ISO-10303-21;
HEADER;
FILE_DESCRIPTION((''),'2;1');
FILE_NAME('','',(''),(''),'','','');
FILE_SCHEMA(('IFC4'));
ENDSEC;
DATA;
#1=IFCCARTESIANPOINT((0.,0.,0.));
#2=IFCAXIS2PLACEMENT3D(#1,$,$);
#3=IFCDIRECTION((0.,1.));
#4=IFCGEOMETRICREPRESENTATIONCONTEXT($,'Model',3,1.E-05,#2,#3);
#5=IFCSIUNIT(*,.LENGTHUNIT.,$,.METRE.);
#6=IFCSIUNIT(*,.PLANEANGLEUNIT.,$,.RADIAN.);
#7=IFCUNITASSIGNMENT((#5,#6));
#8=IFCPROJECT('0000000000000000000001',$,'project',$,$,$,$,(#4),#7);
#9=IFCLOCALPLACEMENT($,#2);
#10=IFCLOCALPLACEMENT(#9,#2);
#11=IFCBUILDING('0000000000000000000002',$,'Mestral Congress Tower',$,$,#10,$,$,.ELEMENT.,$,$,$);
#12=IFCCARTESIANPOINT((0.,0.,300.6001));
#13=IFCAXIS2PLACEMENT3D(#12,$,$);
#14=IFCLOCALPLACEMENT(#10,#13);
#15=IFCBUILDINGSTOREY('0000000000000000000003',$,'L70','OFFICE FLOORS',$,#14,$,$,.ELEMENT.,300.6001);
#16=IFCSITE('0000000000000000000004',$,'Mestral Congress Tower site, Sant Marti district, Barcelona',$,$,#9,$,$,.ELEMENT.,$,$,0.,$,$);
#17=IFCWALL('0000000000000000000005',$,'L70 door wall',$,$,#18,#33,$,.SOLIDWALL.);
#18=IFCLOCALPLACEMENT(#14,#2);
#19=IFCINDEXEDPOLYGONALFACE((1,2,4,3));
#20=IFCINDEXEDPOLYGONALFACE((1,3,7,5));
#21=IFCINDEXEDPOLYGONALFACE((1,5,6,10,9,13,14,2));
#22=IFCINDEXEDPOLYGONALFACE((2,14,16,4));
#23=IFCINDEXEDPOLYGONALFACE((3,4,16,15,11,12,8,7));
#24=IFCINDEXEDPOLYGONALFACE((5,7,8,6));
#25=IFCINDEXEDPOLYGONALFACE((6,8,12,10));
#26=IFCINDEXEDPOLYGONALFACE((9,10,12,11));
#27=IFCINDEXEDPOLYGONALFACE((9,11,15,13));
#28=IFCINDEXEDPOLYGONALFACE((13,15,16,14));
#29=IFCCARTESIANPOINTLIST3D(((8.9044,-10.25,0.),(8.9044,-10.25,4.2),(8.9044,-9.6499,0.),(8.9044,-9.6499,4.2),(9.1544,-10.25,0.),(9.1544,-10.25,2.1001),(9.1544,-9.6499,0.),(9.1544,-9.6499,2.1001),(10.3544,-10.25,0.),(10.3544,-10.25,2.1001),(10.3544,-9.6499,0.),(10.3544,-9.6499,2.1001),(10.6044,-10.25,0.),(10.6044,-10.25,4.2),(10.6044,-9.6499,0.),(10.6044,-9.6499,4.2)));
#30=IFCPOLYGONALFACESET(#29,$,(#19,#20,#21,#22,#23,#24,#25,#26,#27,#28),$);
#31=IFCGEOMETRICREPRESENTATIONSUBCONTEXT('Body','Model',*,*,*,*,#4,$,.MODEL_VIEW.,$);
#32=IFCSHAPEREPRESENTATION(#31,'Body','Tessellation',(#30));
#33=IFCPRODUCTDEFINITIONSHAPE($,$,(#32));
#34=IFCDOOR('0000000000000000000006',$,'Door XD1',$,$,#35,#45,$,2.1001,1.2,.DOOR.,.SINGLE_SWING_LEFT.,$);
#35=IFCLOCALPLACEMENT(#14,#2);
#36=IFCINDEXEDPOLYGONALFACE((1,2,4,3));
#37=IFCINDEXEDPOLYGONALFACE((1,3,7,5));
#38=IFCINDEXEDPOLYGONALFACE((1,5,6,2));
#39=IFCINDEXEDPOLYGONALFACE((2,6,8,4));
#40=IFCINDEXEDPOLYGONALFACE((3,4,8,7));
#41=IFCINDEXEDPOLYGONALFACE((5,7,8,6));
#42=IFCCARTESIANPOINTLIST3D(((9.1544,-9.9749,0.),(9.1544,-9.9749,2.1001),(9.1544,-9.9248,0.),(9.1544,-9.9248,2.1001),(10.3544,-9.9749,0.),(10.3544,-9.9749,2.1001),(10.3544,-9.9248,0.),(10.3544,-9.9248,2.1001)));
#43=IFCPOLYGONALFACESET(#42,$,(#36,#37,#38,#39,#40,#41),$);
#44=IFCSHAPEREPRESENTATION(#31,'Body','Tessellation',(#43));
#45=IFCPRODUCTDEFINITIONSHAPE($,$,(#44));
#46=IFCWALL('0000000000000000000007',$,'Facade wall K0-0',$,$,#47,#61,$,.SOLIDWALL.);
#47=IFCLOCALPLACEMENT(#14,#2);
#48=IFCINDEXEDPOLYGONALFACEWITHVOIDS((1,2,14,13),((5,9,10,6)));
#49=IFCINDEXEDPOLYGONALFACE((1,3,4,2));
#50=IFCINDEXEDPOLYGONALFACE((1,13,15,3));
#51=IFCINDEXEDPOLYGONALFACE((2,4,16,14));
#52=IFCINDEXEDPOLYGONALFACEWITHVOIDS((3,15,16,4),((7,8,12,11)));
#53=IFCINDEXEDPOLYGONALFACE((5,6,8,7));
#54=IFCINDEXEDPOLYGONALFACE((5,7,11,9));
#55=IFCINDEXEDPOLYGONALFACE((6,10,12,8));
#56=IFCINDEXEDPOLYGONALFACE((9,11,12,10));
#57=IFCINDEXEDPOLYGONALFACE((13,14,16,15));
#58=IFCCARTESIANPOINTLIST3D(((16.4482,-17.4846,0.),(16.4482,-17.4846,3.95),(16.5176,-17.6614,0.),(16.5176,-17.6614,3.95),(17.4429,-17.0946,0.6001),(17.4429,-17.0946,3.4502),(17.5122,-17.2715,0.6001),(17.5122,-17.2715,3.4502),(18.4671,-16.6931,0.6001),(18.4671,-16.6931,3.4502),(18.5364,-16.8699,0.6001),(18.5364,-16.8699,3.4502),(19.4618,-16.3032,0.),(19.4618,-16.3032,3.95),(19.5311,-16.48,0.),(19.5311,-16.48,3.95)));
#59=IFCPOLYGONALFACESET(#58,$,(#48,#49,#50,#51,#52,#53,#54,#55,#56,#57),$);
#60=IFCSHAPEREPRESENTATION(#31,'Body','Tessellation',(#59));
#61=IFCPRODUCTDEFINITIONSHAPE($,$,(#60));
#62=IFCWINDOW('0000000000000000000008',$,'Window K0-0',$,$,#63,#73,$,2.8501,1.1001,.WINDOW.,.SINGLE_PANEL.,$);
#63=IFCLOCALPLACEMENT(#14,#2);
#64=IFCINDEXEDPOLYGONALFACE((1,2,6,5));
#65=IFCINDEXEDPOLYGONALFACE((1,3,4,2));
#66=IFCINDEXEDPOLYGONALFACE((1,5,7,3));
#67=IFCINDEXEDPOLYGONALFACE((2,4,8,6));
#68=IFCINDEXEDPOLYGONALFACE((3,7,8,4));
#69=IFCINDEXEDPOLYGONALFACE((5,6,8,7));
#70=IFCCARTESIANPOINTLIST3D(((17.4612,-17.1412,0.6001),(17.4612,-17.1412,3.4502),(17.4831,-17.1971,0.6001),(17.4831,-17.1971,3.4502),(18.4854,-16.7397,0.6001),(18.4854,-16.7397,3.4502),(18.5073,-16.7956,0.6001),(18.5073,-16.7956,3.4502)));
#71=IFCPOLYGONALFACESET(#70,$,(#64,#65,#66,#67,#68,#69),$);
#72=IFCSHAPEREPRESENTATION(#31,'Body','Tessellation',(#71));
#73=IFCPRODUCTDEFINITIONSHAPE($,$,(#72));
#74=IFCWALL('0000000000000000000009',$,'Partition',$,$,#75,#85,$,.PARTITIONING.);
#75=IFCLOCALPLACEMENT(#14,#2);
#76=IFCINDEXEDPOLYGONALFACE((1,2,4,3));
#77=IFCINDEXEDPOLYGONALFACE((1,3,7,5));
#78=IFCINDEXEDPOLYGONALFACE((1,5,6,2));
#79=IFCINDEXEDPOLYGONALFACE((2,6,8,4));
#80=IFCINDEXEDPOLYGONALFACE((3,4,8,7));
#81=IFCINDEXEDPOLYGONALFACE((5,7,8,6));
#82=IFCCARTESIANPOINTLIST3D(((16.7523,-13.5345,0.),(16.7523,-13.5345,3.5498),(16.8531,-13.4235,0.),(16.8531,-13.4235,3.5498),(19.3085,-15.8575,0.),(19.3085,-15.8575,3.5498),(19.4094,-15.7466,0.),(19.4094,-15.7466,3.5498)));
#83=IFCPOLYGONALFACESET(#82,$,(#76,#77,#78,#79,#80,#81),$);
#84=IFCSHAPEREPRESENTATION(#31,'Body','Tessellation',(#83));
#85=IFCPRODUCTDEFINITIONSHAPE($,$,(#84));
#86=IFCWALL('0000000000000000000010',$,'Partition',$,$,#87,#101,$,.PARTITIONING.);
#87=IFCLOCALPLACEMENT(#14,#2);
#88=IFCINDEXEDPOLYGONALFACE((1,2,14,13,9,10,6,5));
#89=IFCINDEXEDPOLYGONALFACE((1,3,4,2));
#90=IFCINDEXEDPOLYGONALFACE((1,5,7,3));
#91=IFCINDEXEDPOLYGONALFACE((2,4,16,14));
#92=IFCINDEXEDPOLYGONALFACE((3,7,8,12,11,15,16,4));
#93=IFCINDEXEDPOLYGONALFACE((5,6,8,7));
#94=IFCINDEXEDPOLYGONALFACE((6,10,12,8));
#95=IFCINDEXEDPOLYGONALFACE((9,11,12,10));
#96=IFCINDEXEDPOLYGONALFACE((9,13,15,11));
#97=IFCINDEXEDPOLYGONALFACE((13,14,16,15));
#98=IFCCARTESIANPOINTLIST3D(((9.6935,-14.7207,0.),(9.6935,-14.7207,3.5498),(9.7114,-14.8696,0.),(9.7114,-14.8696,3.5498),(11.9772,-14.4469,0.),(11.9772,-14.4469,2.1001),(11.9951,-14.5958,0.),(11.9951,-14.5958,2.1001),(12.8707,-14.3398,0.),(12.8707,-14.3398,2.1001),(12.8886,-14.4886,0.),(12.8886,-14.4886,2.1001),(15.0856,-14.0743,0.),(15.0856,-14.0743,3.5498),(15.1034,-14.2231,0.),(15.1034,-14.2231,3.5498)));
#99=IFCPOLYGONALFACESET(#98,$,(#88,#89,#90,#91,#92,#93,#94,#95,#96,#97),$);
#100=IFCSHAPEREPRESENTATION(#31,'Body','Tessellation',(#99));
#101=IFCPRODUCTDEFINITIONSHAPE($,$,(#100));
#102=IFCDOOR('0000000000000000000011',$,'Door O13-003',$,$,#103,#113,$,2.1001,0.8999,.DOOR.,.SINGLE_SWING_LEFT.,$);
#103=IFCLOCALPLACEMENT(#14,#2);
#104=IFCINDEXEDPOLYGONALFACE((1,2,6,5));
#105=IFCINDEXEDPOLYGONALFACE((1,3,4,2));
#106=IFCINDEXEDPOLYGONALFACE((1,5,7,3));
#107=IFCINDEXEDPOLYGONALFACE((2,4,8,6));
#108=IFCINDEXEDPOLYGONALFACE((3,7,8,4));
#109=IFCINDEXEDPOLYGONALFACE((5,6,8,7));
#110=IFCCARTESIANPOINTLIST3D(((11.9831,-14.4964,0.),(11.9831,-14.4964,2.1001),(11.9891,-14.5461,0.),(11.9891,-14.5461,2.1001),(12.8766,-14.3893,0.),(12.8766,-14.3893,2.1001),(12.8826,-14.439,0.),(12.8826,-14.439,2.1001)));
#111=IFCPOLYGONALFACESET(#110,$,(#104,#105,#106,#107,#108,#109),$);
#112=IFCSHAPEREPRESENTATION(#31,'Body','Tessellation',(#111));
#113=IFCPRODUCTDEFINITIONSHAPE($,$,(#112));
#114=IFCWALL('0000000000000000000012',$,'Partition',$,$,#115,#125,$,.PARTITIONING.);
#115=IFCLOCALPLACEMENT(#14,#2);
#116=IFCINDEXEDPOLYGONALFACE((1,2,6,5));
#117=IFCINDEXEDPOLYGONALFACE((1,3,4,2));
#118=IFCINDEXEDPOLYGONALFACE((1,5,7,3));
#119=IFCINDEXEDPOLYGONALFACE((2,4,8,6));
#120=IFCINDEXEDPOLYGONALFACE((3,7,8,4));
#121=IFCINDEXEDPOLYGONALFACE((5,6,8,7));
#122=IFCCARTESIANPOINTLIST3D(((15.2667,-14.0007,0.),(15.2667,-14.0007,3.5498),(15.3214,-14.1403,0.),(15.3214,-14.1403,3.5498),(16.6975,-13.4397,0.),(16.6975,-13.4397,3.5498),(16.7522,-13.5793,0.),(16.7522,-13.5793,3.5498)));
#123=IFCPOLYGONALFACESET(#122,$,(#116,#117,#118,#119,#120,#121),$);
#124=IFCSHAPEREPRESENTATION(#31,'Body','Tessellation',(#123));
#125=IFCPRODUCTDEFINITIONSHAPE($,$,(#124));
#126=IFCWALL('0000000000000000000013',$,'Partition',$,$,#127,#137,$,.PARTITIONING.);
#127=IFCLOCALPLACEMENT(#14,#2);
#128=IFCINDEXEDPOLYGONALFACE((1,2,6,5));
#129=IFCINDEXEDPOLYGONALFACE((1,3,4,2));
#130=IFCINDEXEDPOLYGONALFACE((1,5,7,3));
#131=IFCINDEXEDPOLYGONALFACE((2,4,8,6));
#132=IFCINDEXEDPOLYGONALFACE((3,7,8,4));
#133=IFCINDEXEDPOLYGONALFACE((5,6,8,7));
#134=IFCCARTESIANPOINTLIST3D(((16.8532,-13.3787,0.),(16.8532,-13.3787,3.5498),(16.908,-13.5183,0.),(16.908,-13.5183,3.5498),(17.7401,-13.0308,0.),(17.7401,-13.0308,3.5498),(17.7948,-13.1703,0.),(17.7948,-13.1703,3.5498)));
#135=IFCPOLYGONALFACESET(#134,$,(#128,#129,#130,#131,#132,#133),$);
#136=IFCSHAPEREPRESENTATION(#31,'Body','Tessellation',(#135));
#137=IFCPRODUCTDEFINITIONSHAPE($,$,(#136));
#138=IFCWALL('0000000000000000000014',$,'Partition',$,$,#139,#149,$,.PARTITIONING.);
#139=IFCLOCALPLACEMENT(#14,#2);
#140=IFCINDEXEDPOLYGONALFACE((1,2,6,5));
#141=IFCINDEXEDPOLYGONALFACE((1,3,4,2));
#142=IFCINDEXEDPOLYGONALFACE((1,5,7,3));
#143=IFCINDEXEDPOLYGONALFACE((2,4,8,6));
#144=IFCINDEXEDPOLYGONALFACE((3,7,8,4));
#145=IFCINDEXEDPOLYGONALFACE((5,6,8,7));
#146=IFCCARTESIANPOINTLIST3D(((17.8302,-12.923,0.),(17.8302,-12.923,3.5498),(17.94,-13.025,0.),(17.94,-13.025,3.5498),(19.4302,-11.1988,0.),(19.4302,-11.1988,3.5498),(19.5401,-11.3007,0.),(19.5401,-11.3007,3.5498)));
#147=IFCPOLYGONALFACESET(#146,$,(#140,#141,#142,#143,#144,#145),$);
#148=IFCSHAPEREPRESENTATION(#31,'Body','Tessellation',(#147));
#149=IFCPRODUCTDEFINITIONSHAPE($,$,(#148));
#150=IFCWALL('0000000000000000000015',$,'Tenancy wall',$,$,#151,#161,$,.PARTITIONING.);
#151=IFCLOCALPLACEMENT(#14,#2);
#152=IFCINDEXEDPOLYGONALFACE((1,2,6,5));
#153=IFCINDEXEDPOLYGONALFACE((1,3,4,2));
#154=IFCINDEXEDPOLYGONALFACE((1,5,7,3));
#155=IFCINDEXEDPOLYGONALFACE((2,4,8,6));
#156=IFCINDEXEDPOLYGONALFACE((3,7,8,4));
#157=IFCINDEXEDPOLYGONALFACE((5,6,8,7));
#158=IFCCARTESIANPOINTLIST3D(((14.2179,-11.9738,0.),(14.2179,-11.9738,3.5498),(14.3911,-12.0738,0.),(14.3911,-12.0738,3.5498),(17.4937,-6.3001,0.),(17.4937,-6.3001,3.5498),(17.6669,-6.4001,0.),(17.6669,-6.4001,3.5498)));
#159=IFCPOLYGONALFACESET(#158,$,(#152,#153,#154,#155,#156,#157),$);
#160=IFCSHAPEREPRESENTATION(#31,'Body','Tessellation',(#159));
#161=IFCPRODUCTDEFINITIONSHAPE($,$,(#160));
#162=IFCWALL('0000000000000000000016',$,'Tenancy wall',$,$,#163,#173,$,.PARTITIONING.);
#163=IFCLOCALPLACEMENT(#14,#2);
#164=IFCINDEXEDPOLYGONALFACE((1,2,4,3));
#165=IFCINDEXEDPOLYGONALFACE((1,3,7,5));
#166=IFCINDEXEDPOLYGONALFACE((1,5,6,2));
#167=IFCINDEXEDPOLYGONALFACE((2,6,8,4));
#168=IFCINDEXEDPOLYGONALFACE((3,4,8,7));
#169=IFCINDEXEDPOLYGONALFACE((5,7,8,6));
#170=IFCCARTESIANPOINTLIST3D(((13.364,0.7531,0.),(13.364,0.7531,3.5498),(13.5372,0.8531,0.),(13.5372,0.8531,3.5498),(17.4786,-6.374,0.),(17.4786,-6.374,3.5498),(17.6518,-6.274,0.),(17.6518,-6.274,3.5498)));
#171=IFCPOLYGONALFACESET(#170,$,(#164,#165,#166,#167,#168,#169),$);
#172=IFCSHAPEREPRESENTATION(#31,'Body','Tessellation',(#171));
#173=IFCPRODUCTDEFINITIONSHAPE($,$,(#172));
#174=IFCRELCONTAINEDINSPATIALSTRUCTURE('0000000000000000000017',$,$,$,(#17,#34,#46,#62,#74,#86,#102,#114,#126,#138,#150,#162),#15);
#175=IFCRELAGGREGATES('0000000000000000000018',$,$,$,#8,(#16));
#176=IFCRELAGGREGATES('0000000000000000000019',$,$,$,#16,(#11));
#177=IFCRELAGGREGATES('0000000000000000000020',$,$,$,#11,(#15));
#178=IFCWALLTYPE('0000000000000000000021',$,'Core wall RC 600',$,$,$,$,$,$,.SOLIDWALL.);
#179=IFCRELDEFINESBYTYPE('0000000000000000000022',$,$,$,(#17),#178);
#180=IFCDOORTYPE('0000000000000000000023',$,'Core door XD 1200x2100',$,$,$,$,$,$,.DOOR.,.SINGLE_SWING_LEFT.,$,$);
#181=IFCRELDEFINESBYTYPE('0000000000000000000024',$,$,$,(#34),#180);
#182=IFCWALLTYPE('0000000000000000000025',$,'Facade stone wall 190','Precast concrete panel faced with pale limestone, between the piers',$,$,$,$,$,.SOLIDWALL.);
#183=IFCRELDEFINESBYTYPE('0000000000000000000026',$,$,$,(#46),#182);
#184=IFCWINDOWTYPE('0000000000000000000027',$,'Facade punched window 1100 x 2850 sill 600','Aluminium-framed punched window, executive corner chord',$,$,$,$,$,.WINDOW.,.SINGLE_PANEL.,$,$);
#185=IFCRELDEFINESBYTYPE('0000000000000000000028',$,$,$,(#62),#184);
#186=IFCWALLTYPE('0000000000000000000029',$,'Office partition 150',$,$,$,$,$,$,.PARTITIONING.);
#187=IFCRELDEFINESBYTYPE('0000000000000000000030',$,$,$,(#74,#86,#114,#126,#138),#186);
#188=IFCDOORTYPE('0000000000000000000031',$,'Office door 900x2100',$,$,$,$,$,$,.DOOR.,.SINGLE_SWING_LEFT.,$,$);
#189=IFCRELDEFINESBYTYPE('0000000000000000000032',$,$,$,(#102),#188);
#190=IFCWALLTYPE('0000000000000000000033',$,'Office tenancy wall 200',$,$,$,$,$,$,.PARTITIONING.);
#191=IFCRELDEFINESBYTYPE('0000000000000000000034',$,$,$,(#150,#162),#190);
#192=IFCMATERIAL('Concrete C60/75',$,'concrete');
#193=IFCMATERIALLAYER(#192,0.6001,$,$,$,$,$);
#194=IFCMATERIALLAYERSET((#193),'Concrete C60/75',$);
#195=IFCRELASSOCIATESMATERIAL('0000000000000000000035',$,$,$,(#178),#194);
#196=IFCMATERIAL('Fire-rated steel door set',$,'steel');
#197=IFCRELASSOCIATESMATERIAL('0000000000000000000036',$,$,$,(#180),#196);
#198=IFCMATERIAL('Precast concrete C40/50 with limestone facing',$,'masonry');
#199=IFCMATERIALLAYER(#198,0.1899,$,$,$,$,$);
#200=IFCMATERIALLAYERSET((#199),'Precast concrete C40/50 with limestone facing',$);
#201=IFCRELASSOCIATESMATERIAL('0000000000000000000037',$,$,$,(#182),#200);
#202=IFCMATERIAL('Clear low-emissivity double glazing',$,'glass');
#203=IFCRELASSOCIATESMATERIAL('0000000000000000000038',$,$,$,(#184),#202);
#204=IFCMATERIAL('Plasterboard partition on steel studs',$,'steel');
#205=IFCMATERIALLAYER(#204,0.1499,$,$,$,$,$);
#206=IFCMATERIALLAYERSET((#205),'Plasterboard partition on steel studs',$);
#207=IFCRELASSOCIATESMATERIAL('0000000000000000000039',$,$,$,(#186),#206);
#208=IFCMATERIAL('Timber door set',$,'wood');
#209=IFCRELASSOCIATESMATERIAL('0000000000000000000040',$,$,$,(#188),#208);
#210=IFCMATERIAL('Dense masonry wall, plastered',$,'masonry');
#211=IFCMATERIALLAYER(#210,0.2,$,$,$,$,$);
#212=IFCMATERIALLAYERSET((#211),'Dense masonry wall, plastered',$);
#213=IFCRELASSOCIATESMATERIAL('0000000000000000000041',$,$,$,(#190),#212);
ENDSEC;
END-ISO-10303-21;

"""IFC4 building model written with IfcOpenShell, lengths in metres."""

from ifc_helpers import new_model, si_unit, direction, frame, frame_2d, origin, place, context, subcontext, project, spatial, rectangle, extrude, material, layer, layer_set, type_object, element, fill, save


model = new_model("IFC4")

# Units and contexts
model_context = context("Model", 3, precision=1e-05, world=origin(), true_north=direction((0.0, 1.0)))
body_context = subcontext(model_context, "Body", "Model", "MODEL_VIEW")
ifc_project = project(units=[si_unit("LENGTHUNIT", "METRE"), si_unit("PLANEANGLEUNIT", "RADIAN")], contexts=[model_context])

# Site, building, storey
site_placement = place(None, origin())
site = spatial("IfcSite", under=ifc_project, at=site_placement, Name="Mestral Congress Tower site, Sant Marti district, Barcelona", CompositionType="ELEMENT", RefElevation=0.0)
building_placement = place(site_placement, origin())
building = spatial("IfcBuilding", under=site, at=building_placement, Name="Mestral Congress Tower", CompositionType="ELEMENT")
storey_placement = place(building_placement, frame((0.0, 0.0, 300.6001)))
storey = spatial("IfcBuildingStorey", under=building, at=storey_placement, Name="L70", Description="OFFICE FLOORS", CompositionType="ELEMENT", Elevation=300.6001)

# Shared definitions
ifc_material_1 = material(Name="Concrete C60/75", Category="concrete")

# Shared definitions
ifc_layer_1 = layer(ifc_material_1, 0.6001)
ifc_layer_set_1 = layer_set([ifc_layer_1], Name="Concrete C60/75")
wall_type_1 = type_object("IfcWallType", Name="Core wall RC 600", PredefinedType="SOLIDWALL", material=ifc_layer_set_1)

# Wall, opening, door
wall_1_placement = place(storey_placement, frame((10.6045, -9.95, 0.0), z_axis=(0.0, 0.0, 1.0), x_axis=(-1.0, 0.0, 0.0)))
wall_1 = element("IfcWall", 1, at=wall_1_placement, inside=storey, type_object=wall_type_1, Name="L70 door wall", PredefinedType="SOLIDWALL", context=body_context, shape_type="SweptSolid", body=[
    extrude(rectangle(XDim=1.7, YDim=0.6001, at=frame_2d((0.8501, 0.0))), origin(), (0.0, 0.0, 1.0), 4.2),
])
opening_1_placement = place(wall_1_placement, frame((0.25, 0.0, 0.0)))
opening_1 = element("IfcOpeningElement", 2, at=opening_1_placement, cuts=wall_1, PredefinedType="OPENING", context=body_context, shape_type="SweptSolid", body=[
    extrude(rectangle(XDim=1.2, YDim=2.1001, at=frame_2d((0.6001, 1.05))), frame((0.0, 0.3101, 0.0), z_axis=(0.0, -1.0, 0.0), x_axis=(1.0, 0.0, 0.0)), (0.0, 0.0, 1.0), 0.6201),
])
ifc_material_2 = material(Name="Fire-rated steel door set", Category="steel")
door_type_1 = type_object("IfcDoorType", Name="Core door XD 1200x2100", OperationType="SINGLE_SWING_LEFT", PredefinedType="DOOR", material=ifc_material_2)
door_1_placement = place(opening_1_placement, origin())
door_1 = element("IfcDoor", 3, at=door_1_placement, inside=storey, type_object=door_type_1, Name="Door XD1", OperationType="SINGLE_SWING_LEFT", OverallHeight=2.1001, OverallWidth=1.2, PredefinedType="DOOR", context=body_context, shape_type="SweptSolid", body=[
    extrude(rectangle(XDim=1.2, YDim=2.1001, at=frame_2d((0.6001, 1.05))), frame((0.0, 0.0249, 0.0), z_axis=(0.0, -1.0, 0.0), x_axis=(1.0, 0.0, 0.0)), (0.0, 0.0, 1.0), 0.05),
])
fill(opening_1, door_1)

# Wall, opening, window
ifc_material_3 = material(Name="Precast concrete C40/50 with limestone facing", Category="masonry")
ifc_layer_2 = layer(ifc_material_3, 0.1899)
ifc_layer_set_2 = layer_set([ifc_layer_2], Name="Precast concrete C40/50 with limestone facing")
wall_type_2 = type_object("IfcWallType", Name="Facade stone wall 190", Description="Precast concrete panel faced with pale limestone, between the piers", PredefinedType="SOLIDWALL", material=ifc_layer_set_2)
wall_2_placement = place(storey_placement, frame((16.4829, -17.573, 0.0), z_axis=(0.0, 0.0, 1.0), x_axis=(0.931009, 0.364997, 0.0)))
wall_2 = element("IfcWall", 4, at=wall_2_placement, inside=storey, type_object=wall_type_2, Name="Facade wall K0-0", PredefinedType="SOLIDWALL", context=body_context, shape_type="SweptSolid", body=[
    extrude(rectangle(XDim=3.2368, YDim=0.1899, at=frame_2d((1.6184, 0.0))), origin(), (0.0, 0.0, 1.0), 3.95),
])
opening_2_placement = place(wall_2_placement, frame((1.0684, 0.0, 0.6001)))
opening_2 = element("IfcOpeningElement", 5, at=opening_2_placement, cuts=wall_2, PredefinedType="OPENING", context=body_context, shape_type="SweptSolid", body=[
    extrude(rectangle(XDim=1.1001, YDim=2.8501, at=frame_2d((0.55, 1.425))), frame((0.0, 0.105, 0.0), z_axis=(0.0, -1.0, 0.0), x_axis=(1.0, 0.0, 0.0)), (0.0, 0.0, 1.0), 0.21),
])
ifc_material_4 = material(Name="Clear low-emissivity double glazing", Category="glass")
window_type = type_object("IfcWindowType", Name="Facade punched window 1100 x 2850 sill 600", Description="Aluminium-framed punched window, executive corner chord", PartitioningType="SINGLE_PANEL", PredefinedType="WINDOW", material=ifc_material_4)
window_placement = place(opening_2_placement, origin())
window = element("IfcWindow", 6, at=window_placement, inside=storey, type_object=window_type, Name="Window K0-0", OverallHeight=2.8501, OverallWidth=1.1001, PartitioningType="SINGLE_PANEL", PredefinedType="WINDOW", context=body_context, shape_type="SweptSolid", body=[
    extrude(rectangle(XDim=1.1001, YDim=2.8501, at=frame_2d((0.55, 1.425))), frame((0.0, 0.0449, 0.0), z_axis=(0.0, -1.0, 0.0), x_axis=(1.0, 0.0, 0.0)), (0.0, 0.0, 1.0), 0.0601),
])
fill(opening_2, window)

# Wall
ifc_material_5 = material(Name="Plasterboard partition on steel studs", Category="steel")
ifc_layer_3 = layer(ifc_material_5, 0.1499)
ifc_layer_set_3 = layer_set([ifc_layer_3], Name="Plasterboard partition on steel studs")
wall_type_3 = type_object("IfcWallType", Name="Office partition 150", PredefinedType="PARTITIONING", material=ifc_layer_set_3)
wall_3_placement = place(storey_placement, frame((16.8027, -13.479, 0.0), z_axis=(0.0, 0.0, 1.0), x_axis=(0.740052, -0.67255, 0.0)))
element("IfcWall", 7, at=wall_3_placement, inside=storey, type_object=wall_type_3, Name="Partition", PredefinedType="PARTITIONING", context=body_context, shape_type="SweptSolid", body=[
    extrude(rectangle(XDim=3.4541, YDim=0.1499, at=frame_2d((1.7271, 0.0))), origin(), (0.0, 0.0, 1.0), 3.5498),
])

# Wall, opening, door
wall_4_placement = place(storey_placement, frame((15.0945, -14.1487, 0.0), z_axis=(0.0, 0.0, 1.0), x_axis=(-0.992889, -0.119042, 0.0)))
wall_4 = element("IfcWall", 8, at=wall_4_placement, inside=storey, type_object=wall_type_3, Name="Partition", PredefinedType="PARTITIONING", context=body_context, shape_type="SweptSolid", body=[
    extrude(rectangle(XDim=5.4307, YDim=0.1499, at=frame_2d((2.7153, 0.0))), origin(), (0.0, 0.0, 1.0), 3.5498),
])
opening_3_placement = place(wall_4_placement, frame((2.2307, 0.0, 0.0)))
opening_3 = element("IfcOpeningElement", 9, at=opening_3_placement, cuts=wall_4, PredefinedType="OPENING", context=body_context, shape_type="SweptSolid", body=[
    extrude(rectangle(XDim=0.8999, YDim=2.1001, at=frame_2d((0.45, 1.05))), frame((0.0, 0.085, 0.0), z_axis=(0.0, -1.0, 0.0), x_axis=(1.0, 0.0, 0.0)), (0.0, 0.0, 1.0), 0.1699),
])
ifc_material_6 = material(Name="Timber door set", Category="wood")
door_type_2 = type_object("IfcDoorType", Name="Office door 900x2100", OperationType="SINGLE_SWING_LEFT", PredefinedType="DOOR", material=ifc_material_6)
door_2_placement = place(opening_3_placement, origin())
door_2 = element("IfcDoor", 10, at=door_2_placement, inside=storey, type_object=door_type_2, Name="Door O13-003", OperationType="SINGLE_SWING_LEFT", OverallHeight=2.1001, OverallWidth=0.8999, PredefinedType="DOOR", context=body_context, shape_type="SweptSolid", body=[
    extrude(rectangle(XDim=0.8999, YDim=2.1001, at=frame_2d((0.45, 1.05))), frame((0.0, 0.0249, 0.0), z_axis=(0.0, -1.0, 0.0), x_axis=(1.0, 0.0, 0.0)), (0.0, 0.0, 1.0), 0.05),
])
fill(opening_3, door_2)

# Walls
wall_5_placement = place(storey_placement, frame((15.2939, -14.0706, 0.0), z_axis=(0.0, 0.0, 1.0), x_axis=(0.930996, 0.365028, 0.0)))
element("IfcWall", 11, at=wall_5_placement, inside=storey, type_object=wall_type_3, Name="Partition", PredefinedType="PARTITIONING", context=body_context, shape_type="SweptSolid", body=[
    extrude(rectangle(XDim=1.5369, YDim=0.1499, at=frame_2d((0.7686, 0.0))), origin(), (0.0, 0.0, 1.0), 3.5498),
])
wall_6_placement = place(storey_placement, frame((16.8806, -13.4485, 0.0), z_axis=(0.0, 0.0, 1.0), x_axis=(0.930913, 0.36524, 0.0)))
element("IfcWall", 12, at=wall_6_placement, inside=storey, type_object=wall_type_3, Name="Partition", PredefinedType="PARTITIONING", context=body_context, shape_type="SweptSolid", body=[
    extrude(rectangle(XDim=0.9526, YDim=0.1499, at=frame_2d((0.4763, 0.0))), origin(), (0.0, 0.0, 1.0), 3.5498),
])
wall_7_placement = place(storey_placement, frame((17.885, -12.9741, 0.0), z_axis=(0.0, 0.0, 1.0), x_axis=(0.6802, 0.733026, 0.0)))
element("IfcWall", 13, at=wall_7_placement, inside=storey, type_object=wall_type_3, Name="Partition", PredefinedType="PARTITIONING", context=body_context, shape_type="SweptSolid", body=[
    extrude(rectangle(XDim=2.3523, YDim=0.1499, at=frame_2d((1.1763, 0.0))), origin(), (0.0, 0.0, 1.0), 3.5498),
])
ifc_material_7 = material(Name="Dense masonry wall, plastered", Category="masonry")
ifc_layer_4 = layer(ifc_material_7, 0.2)
ifc_layer_set_4 = layer_set([ifc_layer_4], Name="Dense masonry wall, plastered")
wall_type_4 = type_object("IfcWallType", Name="Office tenancy wall 200", PredefinedType="PARTITIONING", material=ifc_layer_set_4)
wall_8_placement = place(storey_placement, frame((14.3044, -12.0239, 0.0), z_axis=(0.0, 0.0, 1.0), x_axis=(0.500011, 0.866019, 0.0)))
element("IfcWall", 14, at=wall_8_placement, inside=storey, type_object=wall_type_4, Name="Tenancy wall", PredefinedType="PARTITIONING", context=body_context, shape_type="SweptSolid", body=[
    extrude(rectangle(XDim=6.5515, YDim=0.2, at=frame_2d((3.2759, 0.0))), origin(), (0.0, 0.0, 1.0), 3.5498),
])
wall_9_placement = place(storey_placement, frame((17.5652, -6.324, 0.0), z_axis=(0.0, 0.0, 1.0), x_axis=(-0.499978, 0.866038, 0.0)))
element("IfcWall", 15, at=wall_9_placement, inside=storey, type_object=wall_type_4, Name="Tenancy wall", PredefinedType="PARTITIONING", context=body_context, shape_type="SweptSolid", body=[
    extrude(rectangle(XDim=8.2295, YDim=0.2, at=frame_2d((4.1147, 0.0))), origin(), (0.0, 0.0, 1.0), 3.5498),
])

save(model, "model.ifc")
